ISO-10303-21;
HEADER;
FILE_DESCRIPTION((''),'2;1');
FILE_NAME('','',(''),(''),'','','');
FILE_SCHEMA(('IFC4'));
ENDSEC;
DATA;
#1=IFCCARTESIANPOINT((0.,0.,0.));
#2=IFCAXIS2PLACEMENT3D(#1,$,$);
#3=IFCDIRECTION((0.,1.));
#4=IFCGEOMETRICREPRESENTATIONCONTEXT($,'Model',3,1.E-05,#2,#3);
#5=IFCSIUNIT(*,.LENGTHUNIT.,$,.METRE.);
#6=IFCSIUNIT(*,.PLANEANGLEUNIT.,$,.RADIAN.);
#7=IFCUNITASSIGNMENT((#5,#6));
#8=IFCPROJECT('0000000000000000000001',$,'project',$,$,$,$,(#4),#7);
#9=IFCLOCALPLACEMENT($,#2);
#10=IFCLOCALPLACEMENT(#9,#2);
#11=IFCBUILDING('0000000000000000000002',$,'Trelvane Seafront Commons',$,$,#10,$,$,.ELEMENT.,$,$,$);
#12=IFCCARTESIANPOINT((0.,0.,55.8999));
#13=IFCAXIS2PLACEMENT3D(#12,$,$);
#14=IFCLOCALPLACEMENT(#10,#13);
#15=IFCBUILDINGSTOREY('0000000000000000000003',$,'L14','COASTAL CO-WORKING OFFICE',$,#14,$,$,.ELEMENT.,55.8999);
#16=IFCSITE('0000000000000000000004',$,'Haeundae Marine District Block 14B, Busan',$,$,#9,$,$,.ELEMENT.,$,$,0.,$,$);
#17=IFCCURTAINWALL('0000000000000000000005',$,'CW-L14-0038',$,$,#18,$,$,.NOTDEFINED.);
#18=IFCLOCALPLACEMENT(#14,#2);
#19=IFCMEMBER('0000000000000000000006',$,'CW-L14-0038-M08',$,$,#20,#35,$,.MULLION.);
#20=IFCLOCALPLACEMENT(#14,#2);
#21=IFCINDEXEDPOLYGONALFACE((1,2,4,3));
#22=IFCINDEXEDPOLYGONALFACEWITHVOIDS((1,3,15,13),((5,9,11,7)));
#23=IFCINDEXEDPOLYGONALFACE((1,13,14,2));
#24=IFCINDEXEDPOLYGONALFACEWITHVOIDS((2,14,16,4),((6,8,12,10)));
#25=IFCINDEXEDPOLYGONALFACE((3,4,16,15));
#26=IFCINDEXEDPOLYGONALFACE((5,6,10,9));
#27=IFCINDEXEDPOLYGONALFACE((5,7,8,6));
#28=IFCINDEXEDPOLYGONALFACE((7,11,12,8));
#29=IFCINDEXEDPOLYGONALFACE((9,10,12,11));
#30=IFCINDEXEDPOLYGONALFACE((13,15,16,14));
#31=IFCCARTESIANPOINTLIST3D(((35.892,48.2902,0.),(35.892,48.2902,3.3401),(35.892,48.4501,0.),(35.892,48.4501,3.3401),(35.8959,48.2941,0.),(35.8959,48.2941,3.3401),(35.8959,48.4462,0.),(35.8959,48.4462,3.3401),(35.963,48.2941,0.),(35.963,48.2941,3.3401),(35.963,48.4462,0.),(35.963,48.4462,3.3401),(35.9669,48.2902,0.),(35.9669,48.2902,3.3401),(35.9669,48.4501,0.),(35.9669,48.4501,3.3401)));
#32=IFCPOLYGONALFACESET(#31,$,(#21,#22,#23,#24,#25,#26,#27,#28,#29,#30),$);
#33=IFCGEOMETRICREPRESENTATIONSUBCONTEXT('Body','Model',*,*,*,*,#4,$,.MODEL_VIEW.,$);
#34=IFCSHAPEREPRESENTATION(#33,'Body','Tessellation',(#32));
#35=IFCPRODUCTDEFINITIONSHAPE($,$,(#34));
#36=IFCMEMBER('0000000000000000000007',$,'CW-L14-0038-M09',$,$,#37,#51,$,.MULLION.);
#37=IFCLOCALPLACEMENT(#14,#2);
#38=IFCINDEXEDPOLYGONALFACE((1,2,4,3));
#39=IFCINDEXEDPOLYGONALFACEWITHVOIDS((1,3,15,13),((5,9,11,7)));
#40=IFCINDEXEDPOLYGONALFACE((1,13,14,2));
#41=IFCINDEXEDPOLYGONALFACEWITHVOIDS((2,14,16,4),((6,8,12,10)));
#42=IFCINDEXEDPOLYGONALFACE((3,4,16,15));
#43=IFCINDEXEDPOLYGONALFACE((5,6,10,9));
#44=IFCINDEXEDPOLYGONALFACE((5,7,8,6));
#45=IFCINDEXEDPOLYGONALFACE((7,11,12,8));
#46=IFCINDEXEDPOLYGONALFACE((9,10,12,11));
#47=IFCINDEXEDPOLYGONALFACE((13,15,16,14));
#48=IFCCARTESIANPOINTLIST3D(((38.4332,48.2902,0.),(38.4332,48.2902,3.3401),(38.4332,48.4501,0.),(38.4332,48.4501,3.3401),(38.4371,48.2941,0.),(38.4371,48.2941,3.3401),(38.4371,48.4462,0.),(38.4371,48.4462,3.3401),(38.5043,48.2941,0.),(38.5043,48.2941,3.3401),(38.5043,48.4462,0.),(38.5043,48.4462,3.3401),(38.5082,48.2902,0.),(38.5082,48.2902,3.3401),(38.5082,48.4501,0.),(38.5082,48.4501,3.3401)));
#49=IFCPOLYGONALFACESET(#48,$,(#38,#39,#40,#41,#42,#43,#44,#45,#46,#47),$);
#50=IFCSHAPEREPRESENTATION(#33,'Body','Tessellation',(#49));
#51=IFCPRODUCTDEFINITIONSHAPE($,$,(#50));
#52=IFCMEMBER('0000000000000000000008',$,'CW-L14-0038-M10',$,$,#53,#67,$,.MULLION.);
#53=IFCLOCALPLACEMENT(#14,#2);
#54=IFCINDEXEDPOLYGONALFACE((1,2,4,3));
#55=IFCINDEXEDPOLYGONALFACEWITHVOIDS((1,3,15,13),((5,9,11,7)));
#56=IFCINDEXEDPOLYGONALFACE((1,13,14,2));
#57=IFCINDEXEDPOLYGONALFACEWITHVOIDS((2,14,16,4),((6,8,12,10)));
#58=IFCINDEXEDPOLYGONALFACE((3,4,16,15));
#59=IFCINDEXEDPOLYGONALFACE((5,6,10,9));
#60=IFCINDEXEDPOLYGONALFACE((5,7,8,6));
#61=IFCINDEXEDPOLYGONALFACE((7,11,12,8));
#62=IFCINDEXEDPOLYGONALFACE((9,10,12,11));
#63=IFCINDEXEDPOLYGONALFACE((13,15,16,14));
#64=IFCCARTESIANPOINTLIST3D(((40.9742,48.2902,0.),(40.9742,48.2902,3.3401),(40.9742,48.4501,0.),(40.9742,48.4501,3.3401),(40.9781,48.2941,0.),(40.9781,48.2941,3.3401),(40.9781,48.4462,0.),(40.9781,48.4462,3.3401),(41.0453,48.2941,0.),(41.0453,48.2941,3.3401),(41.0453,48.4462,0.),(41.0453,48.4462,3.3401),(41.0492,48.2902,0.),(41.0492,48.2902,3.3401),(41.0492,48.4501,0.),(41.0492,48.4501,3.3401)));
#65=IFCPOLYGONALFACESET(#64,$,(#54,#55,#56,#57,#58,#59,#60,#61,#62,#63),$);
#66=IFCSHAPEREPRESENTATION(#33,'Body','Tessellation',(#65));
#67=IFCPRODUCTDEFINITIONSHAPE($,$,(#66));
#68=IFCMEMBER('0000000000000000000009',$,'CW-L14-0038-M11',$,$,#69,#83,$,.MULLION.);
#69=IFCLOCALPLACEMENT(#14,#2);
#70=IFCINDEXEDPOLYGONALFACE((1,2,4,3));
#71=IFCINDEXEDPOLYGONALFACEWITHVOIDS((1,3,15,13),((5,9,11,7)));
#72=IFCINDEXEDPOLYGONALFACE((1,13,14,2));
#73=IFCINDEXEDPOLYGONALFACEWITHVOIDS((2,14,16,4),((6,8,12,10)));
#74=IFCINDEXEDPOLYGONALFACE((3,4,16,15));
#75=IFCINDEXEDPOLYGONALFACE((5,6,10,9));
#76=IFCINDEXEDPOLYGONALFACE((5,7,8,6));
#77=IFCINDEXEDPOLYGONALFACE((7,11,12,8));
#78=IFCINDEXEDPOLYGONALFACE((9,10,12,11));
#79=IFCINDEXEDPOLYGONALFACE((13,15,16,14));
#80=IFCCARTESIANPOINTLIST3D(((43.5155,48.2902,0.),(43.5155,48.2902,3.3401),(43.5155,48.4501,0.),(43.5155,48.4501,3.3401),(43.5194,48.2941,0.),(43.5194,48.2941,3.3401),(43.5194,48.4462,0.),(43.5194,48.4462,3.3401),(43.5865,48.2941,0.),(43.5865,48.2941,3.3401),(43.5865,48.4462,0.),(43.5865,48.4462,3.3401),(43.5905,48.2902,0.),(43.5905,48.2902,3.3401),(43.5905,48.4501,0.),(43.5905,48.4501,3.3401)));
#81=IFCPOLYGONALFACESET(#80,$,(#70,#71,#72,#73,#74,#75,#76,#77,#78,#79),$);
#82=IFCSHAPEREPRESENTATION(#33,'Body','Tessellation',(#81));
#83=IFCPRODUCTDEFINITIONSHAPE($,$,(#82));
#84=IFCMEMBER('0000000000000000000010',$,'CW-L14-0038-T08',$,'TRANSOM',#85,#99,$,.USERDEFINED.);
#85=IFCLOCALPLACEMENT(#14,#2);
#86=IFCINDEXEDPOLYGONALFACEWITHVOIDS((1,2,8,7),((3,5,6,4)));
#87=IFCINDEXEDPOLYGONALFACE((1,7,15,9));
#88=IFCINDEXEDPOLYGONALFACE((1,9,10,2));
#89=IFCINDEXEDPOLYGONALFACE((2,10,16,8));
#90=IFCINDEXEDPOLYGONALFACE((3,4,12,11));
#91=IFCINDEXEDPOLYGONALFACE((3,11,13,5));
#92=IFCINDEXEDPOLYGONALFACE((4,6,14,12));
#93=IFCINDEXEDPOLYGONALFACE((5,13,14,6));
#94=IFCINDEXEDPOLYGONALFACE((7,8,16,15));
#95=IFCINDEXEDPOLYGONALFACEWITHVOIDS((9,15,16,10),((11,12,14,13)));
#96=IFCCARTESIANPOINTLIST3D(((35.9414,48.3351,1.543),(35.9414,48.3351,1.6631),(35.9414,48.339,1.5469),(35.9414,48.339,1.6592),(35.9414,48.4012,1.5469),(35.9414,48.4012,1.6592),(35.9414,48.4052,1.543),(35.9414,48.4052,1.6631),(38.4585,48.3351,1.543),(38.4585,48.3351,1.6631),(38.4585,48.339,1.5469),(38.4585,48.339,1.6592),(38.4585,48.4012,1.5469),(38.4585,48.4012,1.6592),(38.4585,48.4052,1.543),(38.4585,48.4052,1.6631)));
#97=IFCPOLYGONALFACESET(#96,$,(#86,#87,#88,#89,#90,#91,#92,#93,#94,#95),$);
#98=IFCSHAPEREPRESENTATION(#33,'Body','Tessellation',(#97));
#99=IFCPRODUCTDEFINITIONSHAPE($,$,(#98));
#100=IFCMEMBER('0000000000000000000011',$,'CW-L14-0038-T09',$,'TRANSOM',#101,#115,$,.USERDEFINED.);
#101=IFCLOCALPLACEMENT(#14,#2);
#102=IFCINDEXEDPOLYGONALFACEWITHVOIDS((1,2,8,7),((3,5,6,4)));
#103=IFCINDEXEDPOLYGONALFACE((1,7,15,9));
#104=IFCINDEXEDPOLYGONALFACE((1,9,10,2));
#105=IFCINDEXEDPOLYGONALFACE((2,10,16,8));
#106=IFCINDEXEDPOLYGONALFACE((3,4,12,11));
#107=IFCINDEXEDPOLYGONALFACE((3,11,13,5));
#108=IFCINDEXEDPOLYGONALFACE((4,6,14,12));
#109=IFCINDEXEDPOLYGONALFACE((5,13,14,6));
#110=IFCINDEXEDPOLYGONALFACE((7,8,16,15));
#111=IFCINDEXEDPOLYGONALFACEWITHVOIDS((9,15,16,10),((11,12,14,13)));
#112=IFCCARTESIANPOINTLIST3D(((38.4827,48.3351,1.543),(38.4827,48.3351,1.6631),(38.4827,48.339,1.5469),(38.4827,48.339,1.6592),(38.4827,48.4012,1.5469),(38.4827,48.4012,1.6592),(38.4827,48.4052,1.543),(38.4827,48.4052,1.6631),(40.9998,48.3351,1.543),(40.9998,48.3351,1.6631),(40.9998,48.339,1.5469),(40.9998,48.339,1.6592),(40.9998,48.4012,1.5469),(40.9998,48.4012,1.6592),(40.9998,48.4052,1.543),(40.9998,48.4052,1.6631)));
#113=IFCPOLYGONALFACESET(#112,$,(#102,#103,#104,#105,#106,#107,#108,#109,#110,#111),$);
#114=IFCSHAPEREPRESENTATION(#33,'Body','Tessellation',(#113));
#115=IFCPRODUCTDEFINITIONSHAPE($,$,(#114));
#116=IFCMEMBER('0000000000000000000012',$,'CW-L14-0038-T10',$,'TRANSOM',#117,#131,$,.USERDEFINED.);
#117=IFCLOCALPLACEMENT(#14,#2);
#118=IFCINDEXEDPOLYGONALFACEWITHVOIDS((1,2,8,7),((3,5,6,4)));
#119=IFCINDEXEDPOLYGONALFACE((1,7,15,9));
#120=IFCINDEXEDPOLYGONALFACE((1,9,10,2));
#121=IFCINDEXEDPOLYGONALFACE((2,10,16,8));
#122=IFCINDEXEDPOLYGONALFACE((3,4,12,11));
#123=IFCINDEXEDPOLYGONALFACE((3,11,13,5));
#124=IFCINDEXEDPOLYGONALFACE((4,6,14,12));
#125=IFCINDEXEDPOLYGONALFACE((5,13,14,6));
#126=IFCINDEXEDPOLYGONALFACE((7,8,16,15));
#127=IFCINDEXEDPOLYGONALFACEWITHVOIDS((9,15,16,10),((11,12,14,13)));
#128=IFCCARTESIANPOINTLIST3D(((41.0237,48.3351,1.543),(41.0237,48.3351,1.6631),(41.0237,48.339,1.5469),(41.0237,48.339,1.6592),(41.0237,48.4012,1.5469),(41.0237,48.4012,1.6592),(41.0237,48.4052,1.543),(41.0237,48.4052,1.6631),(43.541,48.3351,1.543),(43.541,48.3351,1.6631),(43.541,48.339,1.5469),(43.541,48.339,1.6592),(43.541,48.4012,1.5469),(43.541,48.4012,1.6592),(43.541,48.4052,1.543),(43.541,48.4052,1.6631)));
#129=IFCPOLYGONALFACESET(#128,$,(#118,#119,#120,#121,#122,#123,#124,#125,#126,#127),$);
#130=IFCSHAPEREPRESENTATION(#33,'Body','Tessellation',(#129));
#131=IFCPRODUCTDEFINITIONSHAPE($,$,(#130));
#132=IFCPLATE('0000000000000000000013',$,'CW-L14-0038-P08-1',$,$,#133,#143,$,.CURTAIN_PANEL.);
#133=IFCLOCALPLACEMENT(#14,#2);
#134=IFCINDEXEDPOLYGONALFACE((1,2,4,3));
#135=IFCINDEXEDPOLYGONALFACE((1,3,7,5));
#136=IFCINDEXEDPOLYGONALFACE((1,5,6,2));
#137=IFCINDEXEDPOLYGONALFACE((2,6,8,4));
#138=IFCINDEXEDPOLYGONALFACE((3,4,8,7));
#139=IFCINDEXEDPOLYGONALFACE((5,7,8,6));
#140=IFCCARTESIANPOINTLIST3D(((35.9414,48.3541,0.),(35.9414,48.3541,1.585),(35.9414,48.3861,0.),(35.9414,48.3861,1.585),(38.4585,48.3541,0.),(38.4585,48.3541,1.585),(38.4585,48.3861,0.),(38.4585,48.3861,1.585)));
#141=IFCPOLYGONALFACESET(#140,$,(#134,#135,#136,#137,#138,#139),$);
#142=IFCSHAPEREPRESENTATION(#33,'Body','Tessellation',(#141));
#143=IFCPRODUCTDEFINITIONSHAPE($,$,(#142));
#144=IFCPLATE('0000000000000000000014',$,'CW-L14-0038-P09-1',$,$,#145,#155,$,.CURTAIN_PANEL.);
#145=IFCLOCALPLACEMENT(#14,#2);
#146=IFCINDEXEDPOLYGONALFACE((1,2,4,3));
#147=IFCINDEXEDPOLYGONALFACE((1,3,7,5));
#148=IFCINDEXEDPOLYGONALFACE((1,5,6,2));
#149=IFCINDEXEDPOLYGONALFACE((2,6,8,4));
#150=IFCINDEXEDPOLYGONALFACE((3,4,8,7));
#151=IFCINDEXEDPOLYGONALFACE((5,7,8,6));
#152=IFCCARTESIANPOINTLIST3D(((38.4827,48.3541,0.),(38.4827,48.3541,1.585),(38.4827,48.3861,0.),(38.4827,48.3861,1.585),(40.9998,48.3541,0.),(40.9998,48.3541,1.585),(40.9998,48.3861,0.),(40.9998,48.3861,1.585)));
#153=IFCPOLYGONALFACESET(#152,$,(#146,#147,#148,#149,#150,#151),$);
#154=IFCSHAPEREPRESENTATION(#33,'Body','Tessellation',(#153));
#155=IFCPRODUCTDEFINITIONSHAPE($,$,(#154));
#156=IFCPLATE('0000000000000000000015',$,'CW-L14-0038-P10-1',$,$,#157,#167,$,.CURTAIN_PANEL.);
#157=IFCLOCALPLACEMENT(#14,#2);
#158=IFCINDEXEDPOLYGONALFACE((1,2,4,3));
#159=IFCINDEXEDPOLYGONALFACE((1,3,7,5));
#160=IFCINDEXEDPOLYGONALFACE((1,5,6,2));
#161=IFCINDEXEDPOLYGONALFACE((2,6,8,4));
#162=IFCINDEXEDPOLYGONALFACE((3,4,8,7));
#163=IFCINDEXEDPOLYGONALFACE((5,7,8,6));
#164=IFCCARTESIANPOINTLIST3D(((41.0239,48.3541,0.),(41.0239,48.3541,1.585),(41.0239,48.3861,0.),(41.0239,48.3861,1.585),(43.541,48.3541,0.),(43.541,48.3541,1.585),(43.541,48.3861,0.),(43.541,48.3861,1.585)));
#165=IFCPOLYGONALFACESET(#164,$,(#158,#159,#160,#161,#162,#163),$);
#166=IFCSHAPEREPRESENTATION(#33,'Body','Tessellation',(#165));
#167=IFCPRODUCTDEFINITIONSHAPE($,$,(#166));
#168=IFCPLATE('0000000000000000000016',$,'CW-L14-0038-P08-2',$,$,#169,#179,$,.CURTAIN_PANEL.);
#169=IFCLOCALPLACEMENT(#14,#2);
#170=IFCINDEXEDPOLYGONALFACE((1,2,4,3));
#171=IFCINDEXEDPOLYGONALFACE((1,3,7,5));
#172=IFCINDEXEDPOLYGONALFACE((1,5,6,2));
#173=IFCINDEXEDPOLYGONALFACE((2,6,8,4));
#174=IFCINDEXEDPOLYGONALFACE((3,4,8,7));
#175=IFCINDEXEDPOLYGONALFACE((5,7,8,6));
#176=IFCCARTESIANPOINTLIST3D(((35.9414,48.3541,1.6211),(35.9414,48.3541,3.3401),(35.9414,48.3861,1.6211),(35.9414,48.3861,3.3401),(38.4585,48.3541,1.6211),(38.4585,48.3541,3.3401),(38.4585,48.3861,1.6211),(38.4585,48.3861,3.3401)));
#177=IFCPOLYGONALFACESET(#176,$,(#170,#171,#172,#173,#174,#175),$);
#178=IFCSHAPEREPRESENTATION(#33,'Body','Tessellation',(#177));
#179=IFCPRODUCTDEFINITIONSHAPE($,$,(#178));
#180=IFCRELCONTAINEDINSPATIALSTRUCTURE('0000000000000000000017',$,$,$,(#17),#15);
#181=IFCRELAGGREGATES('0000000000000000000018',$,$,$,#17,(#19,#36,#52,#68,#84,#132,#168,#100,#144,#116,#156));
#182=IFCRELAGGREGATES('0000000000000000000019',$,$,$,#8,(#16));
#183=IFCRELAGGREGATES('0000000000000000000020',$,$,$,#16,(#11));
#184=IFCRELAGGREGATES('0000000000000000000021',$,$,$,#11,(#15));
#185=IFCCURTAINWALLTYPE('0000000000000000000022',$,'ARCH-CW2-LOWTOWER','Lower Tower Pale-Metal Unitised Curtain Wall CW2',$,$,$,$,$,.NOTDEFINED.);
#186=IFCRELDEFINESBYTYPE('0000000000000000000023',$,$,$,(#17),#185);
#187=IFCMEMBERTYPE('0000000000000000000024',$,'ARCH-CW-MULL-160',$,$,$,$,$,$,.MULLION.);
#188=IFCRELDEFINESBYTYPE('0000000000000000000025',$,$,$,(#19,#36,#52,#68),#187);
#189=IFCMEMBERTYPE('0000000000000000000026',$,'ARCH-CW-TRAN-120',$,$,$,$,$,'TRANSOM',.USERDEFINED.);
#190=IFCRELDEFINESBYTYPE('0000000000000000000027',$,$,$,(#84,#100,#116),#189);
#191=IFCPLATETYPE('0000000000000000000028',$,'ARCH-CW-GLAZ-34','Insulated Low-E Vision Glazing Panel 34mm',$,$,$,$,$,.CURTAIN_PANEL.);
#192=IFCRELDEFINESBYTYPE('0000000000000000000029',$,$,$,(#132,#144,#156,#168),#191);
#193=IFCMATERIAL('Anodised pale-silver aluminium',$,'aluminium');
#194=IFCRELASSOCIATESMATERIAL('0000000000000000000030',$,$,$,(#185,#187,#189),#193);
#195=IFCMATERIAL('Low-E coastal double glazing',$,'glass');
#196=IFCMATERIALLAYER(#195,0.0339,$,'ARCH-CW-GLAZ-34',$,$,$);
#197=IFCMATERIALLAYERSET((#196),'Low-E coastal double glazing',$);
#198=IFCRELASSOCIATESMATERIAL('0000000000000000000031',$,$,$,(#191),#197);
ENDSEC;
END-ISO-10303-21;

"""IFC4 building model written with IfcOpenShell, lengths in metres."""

from ifc_helpers import new_model, si_unit, direction, frame, origin, origin_2d, place, context, subcontext, project, spatial, rectangle, hollow_rectangle, extrude, source, transform, mapped, material, layer, layer_set, material_profile, profile_set, type_object, element, aggregate, save


model = new_model("IFC4")

# Units and contexts
model_context = context("Model", 3, precision=1e-05, world=origin(), true_north=direction((0.0, 1.0)))
body_context = subcontext(model_context, "Body", "Model", "MODEL_VIEW")
ifc_project = project(units=[si_unit("LENGTHUNIT", "METRE"), si_unit("PLANEANGLEUNIT", "RADIAN")], contexts=[model_context])

# Site, building, storey
site_placement = place(None, origin())
site = spatial("IfcSite", under=ifc_project, at=site_placement, Name="Haeundae Marine District Block 14B, Busan", CompositionType="ELEMENT", RefElevation=0.0)
building_placement = place(site_placement, origin())
building = spatial("IfcBuilding", under=site, at=building_placement, Name="Trelvane Seafront Commons", CompositionType="ELEMENT")
storey_placement = place(building_placement, frame((0.0, 0.0, 55.8999)))
storey = spatial("IfcBuildingStorey", under=building, at=storey_placement, Name="L14", Description="COASTAL CO-WORKING OFFICE", CompositionType="ELEMENT", Elevation=55.8999)

# Curtain wall, members, plates
ifc_material_1 = material(Name="Anodised pale-silver aluminium", Category="aluminium")
curtain_wall_type = type_object("IfcCurtainWallType", Name="ARCH-CW2-LOWTOWER", Description="Lower Tower Pale-Metal Unitised Curtain Wall CW2", PredefinedType="NOTDEFINED", material=ifc_material_1)
curtain_wall_placement = place(storey_placement, origin())
curtain_wall = element("IfcCurtainWall", 1, at=curtain_wall_placement, inside=storey, type_object=curtain_wall_type, Name="CW-L14-0038", PredefinedType="NOTDEFINED")
ifc_material_profile_1 = material_profile(ifc_material_1, hollow_rectangle(XDim=0.075, YDim=0.1599, WallThickness=0.0039, at=origin_2d()), Name="MULL-75x160x4")
ifc_profile_set_1 = profile_set([ifc_material_profile_1], Name="Anodised pale-silver aluminium")
member_type_1 = type_object("IfcMemberType", Name="ARCH-CW-MULL-160", PredefinedType="MULLION", material=ifc_profile_set_1)
shared_shape_1 = source(origin(), body_context, "Body", "SweptSolid", [
    extrude(hollow_rectangle(XDim=0.075, YDim=0.1599, WallThickness=0.0039, at=origin_2d()), origin(), (0.0, 0.0, 1.0), 3.3401),
])
member_1_placement = place(storey_placement, frame((35.9294, 48.3701, 0.0), z_axis=(0.0, 0.0, 1.0), x_axis=(1.0, 0.0, 0.0)))
member_1 = element("IfcMember", 2, at=member_1_placement, type_object=member_type_1, Name="CW-L14-0038-M08", PredefinedType="MULLION", context=body_context, shape_type="MappedRepresentation", body=[
    mapped(shared_shape_1, transform((0.0, 0.0, 0.0), x_axis=(1.0, 0.0, 0.0), y_axis=(0.0, 1.0, 0.0), z_axis=(0.0, 0.0, 1.0), scale=1.0)),
])
member_2_placement = place(storey_placement, frame((38.4707, 48.3701, 0.0), z_axis=(0.0, 0.0, 1.0), x_axis=(1.0, 0.0, 0.0)))
member_2 = element("IfcMember", 3, at=member_2_placement, type_object=member_type_1, Name="CW-L14-0038-M09", PredefinedType="MULLION", context=body_context, shape_type="MappedRepresentation", body=[
    mapped(shared_shape_1, transform((0.0, 0.0, 0.0), x_axis=(1.0, 0.0, 0.0), y_axis=(0.0, 1.0, 0.0), z_axis=(0.0, 0.0, 1.0), scale=1.0)),
])
member_3_placement = place(storey_placement, frame((41.0117, 48.3701, 0.0), z_axis=(0.0, 0.0, 1.0), x_axis=(1.0, 0.0, 0.0)))
member_3 = element("IfcMember", 4, at=member_3_placement, type_object=member_type_1, Name="CW-L14-0038-M10", PredefinedType="MULLION", context=body_context, shape_type="MappedRepresentation", body=[
    mapped(shared_shape_1, transform((0.0, 0.0, 0.0), x_axis=(1.0, 0.0, 0.0), y_axis=(0.0, 1.0, 0.0), z_axis=(0.0, 0.0, 1.0), scale=1.0)),
])
member_4_placement = place(storey_placement, frame((43.553, 48.3701, 0.0), z_axis=(0.0, 0.0, 1.0), x_axis=(1.0, 0.0, 0.0)))
member_4 = element("IfcMember", 5, at=member_4_placement, type_object=member_type_1, Name="CW-L14-0038-M11", PredefinedType="MULLION", context=body_context, shape_type="MappedRepresentation", body=[
    mapped(shared_shape_1, transform((0.0, 0.0, 0.0), x_axis=(1.0, 0.0, 0.0), y_axis=(0.0, 1.0, 0.0), z_axis=(0.0, 0.0, 1.0), scale=1.0)),
])
ifc_material_profile_2 = material_profile(ifc_material_1, hollow_rectangle(XDim=0.0701, YDim=0.1201, WallThickness=0.0039, at=origin_2d()), Name="TRAN-70x120x4")
ifc_profile_set_2 = profile_set([ifc_material_profile_2], Name="Anodised pale-silver aluminium")
member_type_2 = type_object("IfcMemberType", Name="ARCH-CW-TRAN-120", ElementType="TRANSOM", PredefinedType="USERDEFINED", material=ifc_profile_set_2)
shared_shape_2 = source(origin(), body_context, "Body", "SweptSolid", [
    extrude(hollow_rectangle(XDim=0.0701, YDim=0.1201, WallThickness=0.0039, at=origin_2d()), origin(), (0.0, 0.0, 1.0), 2.5171),
])
member_5_placement = place(storey_placement, frame((35.9414, 48.3701, 1.603), z_axis=(1.0, 0.0, 0.0), x_axis=(0.0, 1.0, 0.0)))
member_5 = element("IfcMember", 6, at=member_5_placement, type_object=member_type_2, Name="CW-L14-0038-T08", ObjectType="TRANSOM", PredefinedType="USERDEFINED", context=body_context, shape_type="MappedRepresentation", body=[
    mapped(shared_shape_2, transform((0.0, 0.0, 0.0), x_axis=(1.0, 0.0, 0.0), y_axis=(0.0, 1.0, 0.0), z_axis=(0.0, 0.0, 1.0), scale=1.0)),
])
member_6_placement = place(storey_placement, frame((38.4827, 48.3701, 1.603), z_axis=(1.0, 0.0, 0.0), x_axis=(0.0, 1.0, 0.0)))
member_6 = element("IfcMember", 7, at=member_6_placement, type_object=member_type_2, Name="CW-L14-0038-T09", ObjectType="TRANSOM", PredefinedType="USERDEFINED", context=body_context, shape_type="MappedRepresentation", body=[
    mapped(shared_shape_2, transform((0.0, 0.0, 0.0), x_axis=(1.0, 0.0, 0.0), y_axis=(0.0, 1.0, 0.0), z_axis=(0.0, 0.0, 1.0), scale=1.0)),
])
shared_shape_3 = source(origin(), body_context, "Body", "SweptSolid", [
    extrude(hollow_rectangle(XDim=0.0701, YDim=0.1201, WallThickness=0.0039, at=origin_2d()), origin(), (0.0, 0.0, 1.0), 2.5173),
])
member_7_placement = place(storey_placement, frame((41.0237, 48.3701, 1.603), z_axis=(1.0, 0.0, 0.0), x_axis=(0.0, 1.0, 0.0)))
member_7 = element("IfcMember", 8, at=member_7_placement, type_object=member_type_2, Name="CW-L14-0038-T10", ObjectType="TRANSOM", PredefinedType="USERDEFINED", context=body_context, shape_type="MappedRepresentation", body=[
    mapped(shared_shape_3, transform((0.0, 0.0, 0.0), x_axis=(1.0, 0.0, 0.0), y_axis=(0.0, 1.0, 0.0), z_axis=(0.0, 0.0, 1.0), scale=1.0)),
])
ifc_material_2 = material(Name="Low-E coastal double glazing", Category="glass")
ifc_layer_1 = layer(ifc_material_2, 0.0339, Name="ARCH-CW-GLAZ-34")
ifc_layer_set_1 = layer_set([ifc_layer_1], Name="Low-E coastal double glazing")
plate_type_1 = type_object("IfcPlateType", Name="ARCH-CW-GLAZ-34", Description="Insulated Low-E Vision Glazing Panel 34mm", PredefinedType="CURTAIN_PANEL", material=ifc_layer_set_1)
shared_shape_4 = source(origin(), body_context, "Body", "SweptSolid", [
    extrude(rectangle(XDim=2.5171, YDim=0.032, at=origin_2d()), origin(), (0.0, 0.0, 1.0), 1.585),
])
plate_1_placement = place(storey_placement, frame((37.2, 48.3701, 0.0), z_axis=(0.0, 0.0, 1.0), x_axis=(1.0, 0.0, 0.0)))
plate_1 = element("IfcPlate", 9, at=plate_1_placement, type_object=plate_type_1, Name="CW-L14-0038-P08-1", PredefinedType="CURTAIN_PANEL", context=body_context, shape_type="MappedRepresentation", body=[
    mapped(shared_shape_4, transform((0.0, 0.0, 0.0), x_axis=(1.0, 0.0, 0.0), y_axis=(0.0, 1.0, 0.0), z_axis=(0.0, 0.0, 1.0), scale=1.0)),
])
plate_2_placement = place(storey_placement, frame((39.7412, 48.3701, 0.0), z_axis=(0.0, 0.0, 1.0), x_axis=(1.0, 0.0, 0.0)))
plate_2 = element("IfcPlate", 10, at=plate_2_placement, type_object=plate_type_1, Name="CW-L14-0038-P09-1", PredefinedType="CURTAIN_PANEL", context=body_context, shape_type="MappedRepresentation", body=[
    mapped(shared_shape_4, transform((0.0, 0.0, 0.0), x_axis=(1.0, 0.0, 0.0), y_axis=(0.0, 1.0, 0.0), z_axis=(0.0, 0.0, 1.0), scale=1.0)),
])
plate_3_placement = place(storey_placement, frame((42.2825, 48.3701, 0.0), z_axis=(0.0, 0.0, 1.0), x_axis=(1.0, 0.0, 0.0)))
plate_3 = element("IfcPlate", 11, at=plate_3_placement, type_object=plate_type_1, Name="CW-L14-0038-P10-1", PredefinedType="CURTAIN_PANEL", context=body_context, shape_type="MappedRepresentation", body=[
    mapped(shared_shape_4, transform((0.0, 0.0, 0.0), x_axis=(1.0, 0.0, 0.0), y_axis=(0.0, 1.0, 0.0), z_axis=(0.0, 0.0, 1.0), scale=1.0)),
])
shared_shape_5 = source(origin(), body_context, "Body", "SweptSolid", [
    extrude(rectangle(XDim=2.5171, YDim=0.032, at=origin_2d()), origin(), (0.0, 0.0, 1.0), 1.719),
])
plate_4_placement = place(storey_placement, frame((37.2, 48.3701, 1.6211), z_axis=(0.0, 0.0, 1.0), x_axis=(1.0, 0.0, 0.0)))
plate_4 = element("IfcPlate", 12, at=plate_4_placement, type_object=plate_type_1, Name="CW-L14-0038-P08-2", PredefinedType="CURTAIN_PANEL", context=body_context, shape_type="MappedRepresentation", body=[
    mapped(shared_shape_5, transform((0.0, 0.0, 0.0), x_axis=(1.0, 0.0, 0.0), y_axis=(0.0, 1.0, 0.0), z_axis=(0.0, 0.0, 1.0), scale=1.0)),
])
aggregate(curtain_wall, [member_1, member_2, member_3, member_4, member_5, plate_1, plate_4, member_6, plate_2, member_7, plate_3])

save(model, "model.ifc")
